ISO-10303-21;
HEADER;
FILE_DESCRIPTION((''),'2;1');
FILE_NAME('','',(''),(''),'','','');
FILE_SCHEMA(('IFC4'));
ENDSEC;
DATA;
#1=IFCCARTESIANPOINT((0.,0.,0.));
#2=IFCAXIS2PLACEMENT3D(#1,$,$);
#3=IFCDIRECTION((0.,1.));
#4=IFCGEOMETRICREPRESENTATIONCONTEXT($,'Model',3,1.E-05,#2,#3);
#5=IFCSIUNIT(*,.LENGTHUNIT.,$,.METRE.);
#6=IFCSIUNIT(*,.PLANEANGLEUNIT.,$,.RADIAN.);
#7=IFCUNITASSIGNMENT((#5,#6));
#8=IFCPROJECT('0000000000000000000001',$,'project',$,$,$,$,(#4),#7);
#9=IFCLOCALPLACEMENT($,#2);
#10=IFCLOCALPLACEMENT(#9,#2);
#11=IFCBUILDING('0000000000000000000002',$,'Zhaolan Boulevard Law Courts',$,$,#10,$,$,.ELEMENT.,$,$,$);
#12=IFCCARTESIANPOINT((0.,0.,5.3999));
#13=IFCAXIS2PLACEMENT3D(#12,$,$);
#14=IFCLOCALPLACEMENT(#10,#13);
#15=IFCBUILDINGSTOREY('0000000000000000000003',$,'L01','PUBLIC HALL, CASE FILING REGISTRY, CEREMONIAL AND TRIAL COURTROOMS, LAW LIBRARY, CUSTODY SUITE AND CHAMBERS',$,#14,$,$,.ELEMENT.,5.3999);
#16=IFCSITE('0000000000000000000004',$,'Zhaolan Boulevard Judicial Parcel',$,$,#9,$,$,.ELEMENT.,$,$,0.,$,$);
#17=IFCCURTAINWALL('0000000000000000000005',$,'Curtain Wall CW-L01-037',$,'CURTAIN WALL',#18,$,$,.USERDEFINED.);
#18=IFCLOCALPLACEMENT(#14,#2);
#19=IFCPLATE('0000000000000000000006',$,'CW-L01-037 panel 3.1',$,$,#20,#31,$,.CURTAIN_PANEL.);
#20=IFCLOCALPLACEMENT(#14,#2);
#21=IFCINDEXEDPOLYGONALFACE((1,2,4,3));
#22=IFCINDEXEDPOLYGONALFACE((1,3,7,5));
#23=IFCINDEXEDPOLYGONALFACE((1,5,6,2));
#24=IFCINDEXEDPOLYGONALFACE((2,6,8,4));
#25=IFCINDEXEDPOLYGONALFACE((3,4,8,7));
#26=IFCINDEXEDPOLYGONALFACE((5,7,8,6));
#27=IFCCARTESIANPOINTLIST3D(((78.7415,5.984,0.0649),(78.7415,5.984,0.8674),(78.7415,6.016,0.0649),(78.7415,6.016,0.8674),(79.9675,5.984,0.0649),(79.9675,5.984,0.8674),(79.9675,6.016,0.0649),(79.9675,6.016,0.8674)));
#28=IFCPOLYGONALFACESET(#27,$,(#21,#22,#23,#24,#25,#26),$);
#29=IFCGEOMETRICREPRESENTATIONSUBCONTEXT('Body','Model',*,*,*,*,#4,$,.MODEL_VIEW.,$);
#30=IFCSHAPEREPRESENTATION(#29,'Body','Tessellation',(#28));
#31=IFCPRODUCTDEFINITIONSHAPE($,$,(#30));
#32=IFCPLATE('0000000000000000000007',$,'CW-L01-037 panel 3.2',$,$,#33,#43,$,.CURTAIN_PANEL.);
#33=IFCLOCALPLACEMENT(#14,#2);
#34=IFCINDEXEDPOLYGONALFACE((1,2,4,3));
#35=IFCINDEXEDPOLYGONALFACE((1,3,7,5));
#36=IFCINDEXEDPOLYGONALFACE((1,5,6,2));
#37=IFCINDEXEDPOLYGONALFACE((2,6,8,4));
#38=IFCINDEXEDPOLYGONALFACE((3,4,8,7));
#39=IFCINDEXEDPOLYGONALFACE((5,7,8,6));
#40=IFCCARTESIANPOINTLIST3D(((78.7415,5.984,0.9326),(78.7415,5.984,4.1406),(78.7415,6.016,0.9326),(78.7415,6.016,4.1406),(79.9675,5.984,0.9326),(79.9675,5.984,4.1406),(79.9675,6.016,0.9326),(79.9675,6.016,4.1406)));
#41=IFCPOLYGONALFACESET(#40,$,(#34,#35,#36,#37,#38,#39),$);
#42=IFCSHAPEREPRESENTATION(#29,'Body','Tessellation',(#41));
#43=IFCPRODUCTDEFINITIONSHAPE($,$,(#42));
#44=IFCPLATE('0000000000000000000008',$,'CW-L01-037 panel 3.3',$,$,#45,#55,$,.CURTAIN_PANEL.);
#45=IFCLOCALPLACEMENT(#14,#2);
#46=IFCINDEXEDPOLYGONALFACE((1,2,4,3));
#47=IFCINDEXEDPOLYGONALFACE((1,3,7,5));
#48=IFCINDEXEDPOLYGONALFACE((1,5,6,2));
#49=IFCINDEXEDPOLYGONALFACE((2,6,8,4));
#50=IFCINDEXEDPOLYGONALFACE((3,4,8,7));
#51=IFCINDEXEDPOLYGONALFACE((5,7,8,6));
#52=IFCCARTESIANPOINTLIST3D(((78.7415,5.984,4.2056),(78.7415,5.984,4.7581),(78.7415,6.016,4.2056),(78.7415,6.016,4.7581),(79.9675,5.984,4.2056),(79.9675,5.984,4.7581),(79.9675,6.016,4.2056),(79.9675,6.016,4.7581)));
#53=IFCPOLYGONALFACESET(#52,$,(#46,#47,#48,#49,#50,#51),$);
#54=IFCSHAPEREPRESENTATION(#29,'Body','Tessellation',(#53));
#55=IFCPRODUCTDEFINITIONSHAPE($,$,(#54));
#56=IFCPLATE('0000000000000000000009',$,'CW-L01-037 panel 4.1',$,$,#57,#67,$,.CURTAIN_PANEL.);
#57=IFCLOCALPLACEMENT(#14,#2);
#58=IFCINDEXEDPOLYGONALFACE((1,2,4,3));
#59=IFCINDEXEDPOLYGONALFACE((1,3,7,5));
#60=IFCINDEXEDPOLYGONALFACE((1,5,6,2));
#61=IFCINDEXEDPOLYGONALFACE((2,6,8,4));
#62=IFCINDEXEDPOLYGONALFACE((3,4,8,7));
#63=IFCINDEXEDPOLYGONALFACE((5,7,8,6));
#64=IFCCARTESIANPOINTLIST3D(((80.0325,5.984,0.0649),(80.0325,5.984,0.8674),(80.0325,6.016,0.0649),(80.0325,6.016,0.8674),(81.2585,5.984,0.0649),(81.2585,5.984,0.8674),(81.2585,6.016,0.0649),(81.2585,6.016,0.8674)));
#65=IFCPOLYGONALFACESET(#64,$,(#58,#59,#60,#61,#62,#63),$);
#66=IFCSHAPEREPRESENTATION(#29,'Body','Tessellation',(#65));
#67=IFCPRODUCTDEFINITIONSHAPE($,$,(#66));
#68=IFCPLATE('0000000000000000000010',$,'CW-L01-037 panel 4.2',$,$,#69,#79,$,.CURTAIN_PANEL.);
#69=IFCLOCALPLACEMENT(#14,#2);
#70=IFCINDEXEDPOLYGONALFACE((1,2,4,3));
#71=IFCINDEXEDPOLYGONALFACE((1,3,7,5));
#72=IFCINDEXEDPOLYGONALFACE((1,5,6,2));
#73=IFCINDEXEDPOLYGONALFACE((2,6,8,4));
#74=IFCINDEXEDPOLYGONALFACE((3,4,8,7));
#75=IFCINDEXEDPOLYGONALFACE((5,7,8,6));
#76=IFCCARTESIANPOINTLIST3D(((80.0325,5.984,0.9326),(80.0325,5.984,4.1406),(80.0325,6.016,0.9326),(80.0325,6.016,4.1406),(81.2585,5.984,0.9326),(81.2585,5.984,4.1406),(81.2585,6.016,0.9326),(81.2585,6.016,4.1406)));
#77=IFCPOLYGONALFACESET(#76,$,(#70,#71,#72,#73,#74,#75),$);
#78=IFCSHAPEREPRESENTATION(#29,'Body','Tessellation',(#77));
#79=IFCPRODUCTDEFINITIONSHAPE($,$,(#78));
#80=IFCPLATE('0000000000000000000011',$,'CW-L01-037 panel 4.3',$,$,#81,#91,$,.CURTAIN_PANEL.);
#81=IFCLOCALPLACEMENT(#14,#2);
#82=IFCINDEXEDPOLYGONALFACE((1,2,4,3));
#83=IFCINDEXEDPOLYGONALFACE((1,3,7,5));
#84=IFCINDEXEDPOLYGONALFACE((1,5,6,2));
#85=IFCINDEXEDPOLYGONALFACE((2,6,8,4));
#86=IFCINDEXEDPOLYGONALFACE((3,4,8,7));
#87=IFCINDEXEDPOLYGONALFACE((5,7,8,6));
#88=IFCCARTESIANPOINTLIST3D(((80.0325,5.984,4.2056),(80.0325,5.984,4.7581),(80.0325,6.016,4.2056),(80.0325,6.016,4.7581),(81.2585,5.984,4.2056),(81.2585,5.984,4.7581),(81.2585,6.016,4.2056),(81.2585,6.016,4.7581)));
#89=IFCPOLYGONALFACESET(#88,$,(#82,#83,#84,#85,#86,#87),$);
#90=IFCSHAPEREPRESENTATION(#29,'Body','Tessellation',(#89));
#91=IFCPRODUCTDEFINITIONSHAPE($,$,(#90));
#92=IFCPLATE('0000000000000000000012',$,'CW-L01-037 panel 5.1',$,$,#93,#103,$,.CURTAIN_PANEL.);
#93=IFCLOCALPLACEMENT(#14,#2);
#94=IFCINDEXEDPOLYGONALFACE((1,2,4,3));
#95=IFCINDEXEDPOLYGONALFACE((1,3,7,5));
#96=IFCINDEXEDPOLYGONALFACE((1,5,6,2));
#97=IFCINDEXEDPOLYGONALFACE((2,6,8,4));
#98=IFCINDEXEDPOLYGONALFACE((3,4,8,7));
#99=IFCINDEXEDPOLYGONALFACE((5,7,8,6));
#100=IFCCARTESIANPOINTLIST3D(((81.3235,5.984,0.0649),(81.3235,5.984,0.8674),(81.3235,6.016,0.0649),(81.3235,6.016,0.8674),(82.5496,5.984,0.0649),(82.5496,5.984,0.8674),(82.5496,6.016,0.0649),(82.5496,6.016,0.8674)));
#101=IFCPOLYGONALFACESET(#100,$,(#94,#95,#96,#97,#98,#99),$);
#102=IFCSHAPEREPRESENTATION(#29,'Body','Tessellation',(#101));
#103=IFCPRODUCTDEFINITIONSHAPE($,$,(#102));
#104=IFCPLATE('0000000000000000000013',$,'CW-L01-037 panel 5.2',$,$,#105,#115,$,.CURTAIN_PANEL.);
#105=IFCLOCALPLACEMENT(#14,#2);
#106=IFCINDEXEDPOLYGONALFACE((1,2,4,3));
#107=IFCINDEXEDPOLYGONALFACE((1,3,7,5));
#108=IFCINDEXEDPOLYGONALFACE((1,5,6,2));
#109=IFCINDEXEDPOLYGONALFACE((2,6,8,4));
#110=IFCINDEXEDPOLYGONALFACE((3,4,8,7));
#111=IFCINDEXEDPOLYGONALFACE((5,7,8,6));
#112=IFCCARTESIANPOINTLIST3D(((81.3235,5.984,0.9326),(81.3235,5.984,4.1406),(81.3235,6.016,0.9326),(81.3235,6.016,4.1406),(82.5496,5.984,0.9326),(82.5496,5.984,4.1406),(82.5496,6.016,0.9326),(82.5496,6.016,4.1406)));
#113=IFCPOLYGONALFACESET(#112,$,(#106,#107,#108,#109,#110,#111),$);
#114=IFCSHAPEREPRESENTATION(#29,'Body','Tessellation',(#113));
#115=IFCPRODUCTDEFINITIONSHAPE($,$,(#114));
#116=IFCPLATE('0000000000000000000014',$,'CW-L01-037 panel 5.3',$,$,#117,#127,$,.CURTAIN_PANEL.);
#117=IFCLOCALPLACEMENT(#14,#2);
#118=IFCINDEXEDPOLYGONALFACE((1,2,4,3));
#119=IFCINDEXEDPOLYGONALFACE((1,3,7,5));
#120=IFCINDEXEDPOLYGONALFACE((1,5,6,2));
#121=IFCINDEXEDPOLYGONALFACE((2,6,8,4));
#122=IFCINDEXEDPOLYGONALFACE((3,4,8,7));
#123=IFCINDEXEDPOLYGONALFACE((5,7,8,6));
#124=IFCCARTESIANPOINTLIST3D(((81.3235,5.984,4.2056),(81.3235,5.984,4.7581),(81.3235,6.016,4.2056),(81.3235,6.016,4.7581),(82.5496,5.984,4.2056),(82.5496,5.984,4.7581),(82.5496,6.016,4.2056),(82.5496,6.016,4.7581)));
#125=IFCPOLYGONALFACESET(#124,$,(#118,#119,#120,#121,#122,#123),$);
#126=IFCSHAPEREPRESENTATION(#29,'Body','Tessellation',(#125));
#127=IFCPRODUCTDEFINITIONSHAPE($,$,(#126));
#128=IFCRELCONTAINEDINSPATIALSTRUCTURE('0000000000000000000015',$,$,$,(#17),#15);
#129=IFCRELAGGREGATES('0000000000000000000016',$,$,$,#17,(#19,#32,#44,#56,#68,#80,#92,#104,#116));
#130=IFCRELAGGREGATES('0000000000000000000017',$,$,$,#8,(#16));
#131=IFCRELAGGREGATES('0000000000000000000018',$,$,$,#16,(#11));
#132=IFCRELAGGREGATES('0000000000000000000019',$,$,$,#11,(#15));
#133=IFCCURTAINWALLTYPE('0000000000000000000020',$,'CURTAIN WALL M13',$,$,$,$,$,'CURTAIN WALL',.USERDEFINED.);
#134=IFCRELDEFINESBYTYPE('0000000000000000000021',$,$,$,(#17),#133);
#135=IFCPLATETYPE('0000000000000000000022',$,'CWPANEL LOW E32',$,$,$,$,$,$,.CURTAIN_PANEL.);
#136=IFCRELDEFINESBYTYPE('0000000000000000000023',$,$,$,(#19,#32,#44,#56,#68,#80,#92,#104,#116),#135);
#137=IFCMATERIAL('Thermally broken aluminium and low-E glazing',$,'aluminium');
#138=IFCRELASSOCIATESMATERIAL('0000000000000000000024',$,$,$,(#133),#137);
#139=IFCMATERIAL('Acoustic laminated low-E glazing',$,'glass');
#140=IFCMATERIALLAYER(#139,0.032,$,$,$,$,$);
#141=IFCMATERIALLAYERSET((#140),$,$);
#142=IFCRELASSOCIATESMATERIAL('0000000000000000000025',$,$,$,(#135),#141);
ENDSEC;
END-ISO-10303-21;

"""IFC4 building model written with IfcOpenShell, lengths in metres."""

from ifc_helpers import new_model, si_unit, direction, frame, origin, origin_2d, place, context, subcontext, project, spatial, rectangle, extrude, material, layer, layer_set, type_object, element, aggregate, save


model = new_model("IFC4")

# Units and contexts
model_context = context("Model", 3, precision=1e-05, world=origin(), true_north=direction((0.0, 1.0)))
body_context = subcontext(model_context, "Body", "Model", "MODEL_VIEW")
ifc_project = project(units=[si_unit("LENGTHUNIT", "METRE"), si_unit("PLANEANGLEUNIT", "RADIAN")], contexts=[model_context])

# Site, building, storey
site_placement = place(None, origin())
site = spatial("IfcSite", under=ifc_project, at=site_placement, Name="Zhaolan Boulevard Judicial Parcel", CompositionType="ELEMENT", RefElevation=0.0)
building_placement = place(site_placement, origin())
building = spatial("IfcBuilding", under=site, at=building_placement, Name="Zhaolan Boulevard Law Courts", CompositionType="ELEMENT")
storey_placement = place(building_placement, frame((0.0, 0.0, 5.3999)))
storey = spatial("IfcBuildingStorey", under=building, at=storey_placement, Name="L01", Description="PUBLIC HALL, CASE FILING REGISTRY, CEREMONIAL AND TRIAL COURTROOMS, LAW LIBRARY, CUSTODY SUITE AND CHAMBERS", CompositionType="ELEMENT", Elevation=5.3999)

# Curtain wall, plates
ifc_material_1 = material(Name="Thermally broken aluminium and low-E glazing", Category="aluminium")
curtain_wall_type = type_object("IfcCurtainWallType", Name="CURTAIN WALL M13", ElementType="CURTAIN WALL", PredefinedType="USERDEFINED", material=ifc_material_1)
curtain_wall_placement = place(storey_placement, origin())
curtain_wall = element("IfcCurtainWall", 1, at=curtain_wall_placement, inside=storey, type_object=curtain_wall_type, Name="Curtain Wall CW-L01-037", ObjectType="CURTAIN WALL", PredefinedType="USERDEFINED")
ifc_material_2 = material(Name="Acoustic laminated low-E glazing", Category="glass")
ifc_layer = layer(ifc_material_2, 0.032)
ifc_layer_set = layer_set([ifc_layer])
plate_type = type_object("IfcPlateType", Name="CWPANEL LOW E32", PredefinedType="CURTAIN_PANEL", material=ifc_layer_set)
plate_1_placement = place(storey_placement, frame((79.3545, 6.0, 0.0649), z_axis=(0.0, 0.0, 1.0), x_axis=(1.0, 0.0, 0.0)))
plate_1 = element("IfcPlate", 2, at=plate_1_placement, type_object=plate_type, Name="CW-L01-037 panel 3.1", PredefinedType="CURTAIN_PANEL", context=body_context, shape_type="SweptSolid", body=[
    extrude(rectangle(XDim=1.2261, YDim=0.032, at=origin_2d()), origin(), (0.0, 0.0, 1.0), 0.8025),
])
plate_2_placement = place(storey_placement, frame((79.3545, 6.0, 0.9326), z_axis=(0.0, 0.0, 1.0), x_axis=(1.0, 0.0, 0.0)))
plate_2 = element("IfcPlate", 3, at=plate_2_placement, type_object=plate_type, Name="CW-L01-037 panel 3.2", PredefinedType="CURTAIN_PANEL", context=body_context, shape_type="SweptSolid", body=[
    extrude(rectangle(XDim=1.2261, YDim=0.032, at=origin_2d()), origin(), (0.0, 0.0, 1.0), 3.208),
])
plate_3_placement = place(storey_placement, frame((79.3545, 6.0, 4.2056), z_axis=(0.0, 0.0, 1.0), x_axis=(1.0, 0.0, 0.0)))
plate_3 = element("IfcPlate", 4, at=plate_3_placement, type_object=plate_type, Name="CW-L01-037 panel 3.3", PredefinedType="CURTAIN_PANEL", context=body_context, shape_type="SweptSolid", body=[
    extrude(rectangle(XDim=1.2261, YDim=0.032, at=origin_2d()), origin(), (0.0, 0.0, 1.0), 0.5525),
])
plate_4_placement = place(storey_placement, frame((80.6455, 6.0, 0.0649), z_axis=(0.0, 0.0, 1.0), x_axis=(1.0, 0.0, 0.0)))
plate_4 = element("IfcPlate", 5, at=plate_4_placement, type_object=plate_type, Name="CW-L01-037 panel 4.1", PredefinedType="CURTAIN_PANEL", context=body_context, shape_type="SweptSolid", body=[
    extrude(rectangle(XDim=1.2261, YDim=0.032, at=origin_2d()), origin(), (0.0, 0.0, 1.0), 0.8025),
])
plate_5_placement = place(storey_placement, frame((80.6455, 6.0, 0.9326), z_axis=(0.0, 0.0, 1.0), x_axis=(1.0, 0.0, 0.0)))
plate_5 = element("IfcPlate", 6, at=plate_5_placement, type_object=plate_type, Name="CW-L01-037 panel 4.2", PredefinedType="CURTAIN_PANEL", context=body_context, shape_type="SweptSolid", body=[
    extrude(rectangle(XDim=1.2261, YDim=0.032, at=origin_2d()), origin(), (0.0, 0.0, 1.0), 3.208),
])
plate_6_placement = place(storey_placement, frame((80.6455, 6.0, 4.2056), z_axis=(0.0, 0.0, 1.0), x_axis=(1.0, 0.0, 0.0)))
plate_6 = element("IfcPlate", 7, at=plate_6_placement, type_object=plate_type, Name="CW-L01-037 panel 4.3", PredefinedType="CURTAIN_PANEL", context=body_context, shape_type="SweptSolid", body=[
    extrude(rectangle(XDim=1.2261, YDim=0.032, at=origin_2d()), origin(), (0.0, 0.0, 1.0), 0.5525),
])
plate_7_placement = place(storey_placement, frame((81.9365, 6.0, 0.0649), z_axis=(0.0, 0.0, 1.0), x_axis=(1.0, 0.0, 0.0)))
plate_7 = element("IfcPlate", 8, at=plate_7_placement, type_object=plate_type, Name="CW-L01-037 panel 5.1", PredefinedType="CURTAIN_PANEL", context=body_context, shape_type="SweptSolid", body=[
    extrude(rectangle(XDim=1.2261, YDim=0.032, at=origin_2d()), origin(), (0.0, 0.0, 1.0), 0.8025),
])
plate_8_placement = place(storey_placement, frame((81.9365, 6.0, 0.9326), z_axis=(0.0, 0.0, 1.0), x_axis=(1.0, 0.0, 0.0)))
plate_8 = element("IfcPlate", 9, at=plate_8_placement, type_object=plate_type, Name="CW-L01-037 panel 5.2", PredefinedType="CURTAIN_PANEL", context=body_context, shape_type="SweptSolid", body=[
    extrude(rectangle(XDim=1.2261, YDim=0.032, at=origin_2d()), origin(), (0.0, 0.0, 1.0), 3.208),
])
plate_9_placement = place(storey_placement, frame((81.9365, 6.0, 4.2056), z_axis=(0.0, 0.0, 1.0), x_axis=(1.0, 0.0, 0.0)))
plate_9 = element("IfcPlate", 10, at=plate_9_placement, type_object=plate_type, Name="CW-L01-037 panel 5.3", PredefinedType="CURTAIN_PANEL", context=body_context, shape_type="SweptSolid", body=[
    extrude(rectangle(XDim=1.2261, YDim=0.032, at=origin_2d()), origin(), (0.0, 0.0, 1.0), 0.5525),
])
aggregate(curtain_wall, [plate_1, plate_2, plate_3, plate_4, plate_5, plate_6, plate_7, plate_8, plate_9])

save(model, "model.ifc")
